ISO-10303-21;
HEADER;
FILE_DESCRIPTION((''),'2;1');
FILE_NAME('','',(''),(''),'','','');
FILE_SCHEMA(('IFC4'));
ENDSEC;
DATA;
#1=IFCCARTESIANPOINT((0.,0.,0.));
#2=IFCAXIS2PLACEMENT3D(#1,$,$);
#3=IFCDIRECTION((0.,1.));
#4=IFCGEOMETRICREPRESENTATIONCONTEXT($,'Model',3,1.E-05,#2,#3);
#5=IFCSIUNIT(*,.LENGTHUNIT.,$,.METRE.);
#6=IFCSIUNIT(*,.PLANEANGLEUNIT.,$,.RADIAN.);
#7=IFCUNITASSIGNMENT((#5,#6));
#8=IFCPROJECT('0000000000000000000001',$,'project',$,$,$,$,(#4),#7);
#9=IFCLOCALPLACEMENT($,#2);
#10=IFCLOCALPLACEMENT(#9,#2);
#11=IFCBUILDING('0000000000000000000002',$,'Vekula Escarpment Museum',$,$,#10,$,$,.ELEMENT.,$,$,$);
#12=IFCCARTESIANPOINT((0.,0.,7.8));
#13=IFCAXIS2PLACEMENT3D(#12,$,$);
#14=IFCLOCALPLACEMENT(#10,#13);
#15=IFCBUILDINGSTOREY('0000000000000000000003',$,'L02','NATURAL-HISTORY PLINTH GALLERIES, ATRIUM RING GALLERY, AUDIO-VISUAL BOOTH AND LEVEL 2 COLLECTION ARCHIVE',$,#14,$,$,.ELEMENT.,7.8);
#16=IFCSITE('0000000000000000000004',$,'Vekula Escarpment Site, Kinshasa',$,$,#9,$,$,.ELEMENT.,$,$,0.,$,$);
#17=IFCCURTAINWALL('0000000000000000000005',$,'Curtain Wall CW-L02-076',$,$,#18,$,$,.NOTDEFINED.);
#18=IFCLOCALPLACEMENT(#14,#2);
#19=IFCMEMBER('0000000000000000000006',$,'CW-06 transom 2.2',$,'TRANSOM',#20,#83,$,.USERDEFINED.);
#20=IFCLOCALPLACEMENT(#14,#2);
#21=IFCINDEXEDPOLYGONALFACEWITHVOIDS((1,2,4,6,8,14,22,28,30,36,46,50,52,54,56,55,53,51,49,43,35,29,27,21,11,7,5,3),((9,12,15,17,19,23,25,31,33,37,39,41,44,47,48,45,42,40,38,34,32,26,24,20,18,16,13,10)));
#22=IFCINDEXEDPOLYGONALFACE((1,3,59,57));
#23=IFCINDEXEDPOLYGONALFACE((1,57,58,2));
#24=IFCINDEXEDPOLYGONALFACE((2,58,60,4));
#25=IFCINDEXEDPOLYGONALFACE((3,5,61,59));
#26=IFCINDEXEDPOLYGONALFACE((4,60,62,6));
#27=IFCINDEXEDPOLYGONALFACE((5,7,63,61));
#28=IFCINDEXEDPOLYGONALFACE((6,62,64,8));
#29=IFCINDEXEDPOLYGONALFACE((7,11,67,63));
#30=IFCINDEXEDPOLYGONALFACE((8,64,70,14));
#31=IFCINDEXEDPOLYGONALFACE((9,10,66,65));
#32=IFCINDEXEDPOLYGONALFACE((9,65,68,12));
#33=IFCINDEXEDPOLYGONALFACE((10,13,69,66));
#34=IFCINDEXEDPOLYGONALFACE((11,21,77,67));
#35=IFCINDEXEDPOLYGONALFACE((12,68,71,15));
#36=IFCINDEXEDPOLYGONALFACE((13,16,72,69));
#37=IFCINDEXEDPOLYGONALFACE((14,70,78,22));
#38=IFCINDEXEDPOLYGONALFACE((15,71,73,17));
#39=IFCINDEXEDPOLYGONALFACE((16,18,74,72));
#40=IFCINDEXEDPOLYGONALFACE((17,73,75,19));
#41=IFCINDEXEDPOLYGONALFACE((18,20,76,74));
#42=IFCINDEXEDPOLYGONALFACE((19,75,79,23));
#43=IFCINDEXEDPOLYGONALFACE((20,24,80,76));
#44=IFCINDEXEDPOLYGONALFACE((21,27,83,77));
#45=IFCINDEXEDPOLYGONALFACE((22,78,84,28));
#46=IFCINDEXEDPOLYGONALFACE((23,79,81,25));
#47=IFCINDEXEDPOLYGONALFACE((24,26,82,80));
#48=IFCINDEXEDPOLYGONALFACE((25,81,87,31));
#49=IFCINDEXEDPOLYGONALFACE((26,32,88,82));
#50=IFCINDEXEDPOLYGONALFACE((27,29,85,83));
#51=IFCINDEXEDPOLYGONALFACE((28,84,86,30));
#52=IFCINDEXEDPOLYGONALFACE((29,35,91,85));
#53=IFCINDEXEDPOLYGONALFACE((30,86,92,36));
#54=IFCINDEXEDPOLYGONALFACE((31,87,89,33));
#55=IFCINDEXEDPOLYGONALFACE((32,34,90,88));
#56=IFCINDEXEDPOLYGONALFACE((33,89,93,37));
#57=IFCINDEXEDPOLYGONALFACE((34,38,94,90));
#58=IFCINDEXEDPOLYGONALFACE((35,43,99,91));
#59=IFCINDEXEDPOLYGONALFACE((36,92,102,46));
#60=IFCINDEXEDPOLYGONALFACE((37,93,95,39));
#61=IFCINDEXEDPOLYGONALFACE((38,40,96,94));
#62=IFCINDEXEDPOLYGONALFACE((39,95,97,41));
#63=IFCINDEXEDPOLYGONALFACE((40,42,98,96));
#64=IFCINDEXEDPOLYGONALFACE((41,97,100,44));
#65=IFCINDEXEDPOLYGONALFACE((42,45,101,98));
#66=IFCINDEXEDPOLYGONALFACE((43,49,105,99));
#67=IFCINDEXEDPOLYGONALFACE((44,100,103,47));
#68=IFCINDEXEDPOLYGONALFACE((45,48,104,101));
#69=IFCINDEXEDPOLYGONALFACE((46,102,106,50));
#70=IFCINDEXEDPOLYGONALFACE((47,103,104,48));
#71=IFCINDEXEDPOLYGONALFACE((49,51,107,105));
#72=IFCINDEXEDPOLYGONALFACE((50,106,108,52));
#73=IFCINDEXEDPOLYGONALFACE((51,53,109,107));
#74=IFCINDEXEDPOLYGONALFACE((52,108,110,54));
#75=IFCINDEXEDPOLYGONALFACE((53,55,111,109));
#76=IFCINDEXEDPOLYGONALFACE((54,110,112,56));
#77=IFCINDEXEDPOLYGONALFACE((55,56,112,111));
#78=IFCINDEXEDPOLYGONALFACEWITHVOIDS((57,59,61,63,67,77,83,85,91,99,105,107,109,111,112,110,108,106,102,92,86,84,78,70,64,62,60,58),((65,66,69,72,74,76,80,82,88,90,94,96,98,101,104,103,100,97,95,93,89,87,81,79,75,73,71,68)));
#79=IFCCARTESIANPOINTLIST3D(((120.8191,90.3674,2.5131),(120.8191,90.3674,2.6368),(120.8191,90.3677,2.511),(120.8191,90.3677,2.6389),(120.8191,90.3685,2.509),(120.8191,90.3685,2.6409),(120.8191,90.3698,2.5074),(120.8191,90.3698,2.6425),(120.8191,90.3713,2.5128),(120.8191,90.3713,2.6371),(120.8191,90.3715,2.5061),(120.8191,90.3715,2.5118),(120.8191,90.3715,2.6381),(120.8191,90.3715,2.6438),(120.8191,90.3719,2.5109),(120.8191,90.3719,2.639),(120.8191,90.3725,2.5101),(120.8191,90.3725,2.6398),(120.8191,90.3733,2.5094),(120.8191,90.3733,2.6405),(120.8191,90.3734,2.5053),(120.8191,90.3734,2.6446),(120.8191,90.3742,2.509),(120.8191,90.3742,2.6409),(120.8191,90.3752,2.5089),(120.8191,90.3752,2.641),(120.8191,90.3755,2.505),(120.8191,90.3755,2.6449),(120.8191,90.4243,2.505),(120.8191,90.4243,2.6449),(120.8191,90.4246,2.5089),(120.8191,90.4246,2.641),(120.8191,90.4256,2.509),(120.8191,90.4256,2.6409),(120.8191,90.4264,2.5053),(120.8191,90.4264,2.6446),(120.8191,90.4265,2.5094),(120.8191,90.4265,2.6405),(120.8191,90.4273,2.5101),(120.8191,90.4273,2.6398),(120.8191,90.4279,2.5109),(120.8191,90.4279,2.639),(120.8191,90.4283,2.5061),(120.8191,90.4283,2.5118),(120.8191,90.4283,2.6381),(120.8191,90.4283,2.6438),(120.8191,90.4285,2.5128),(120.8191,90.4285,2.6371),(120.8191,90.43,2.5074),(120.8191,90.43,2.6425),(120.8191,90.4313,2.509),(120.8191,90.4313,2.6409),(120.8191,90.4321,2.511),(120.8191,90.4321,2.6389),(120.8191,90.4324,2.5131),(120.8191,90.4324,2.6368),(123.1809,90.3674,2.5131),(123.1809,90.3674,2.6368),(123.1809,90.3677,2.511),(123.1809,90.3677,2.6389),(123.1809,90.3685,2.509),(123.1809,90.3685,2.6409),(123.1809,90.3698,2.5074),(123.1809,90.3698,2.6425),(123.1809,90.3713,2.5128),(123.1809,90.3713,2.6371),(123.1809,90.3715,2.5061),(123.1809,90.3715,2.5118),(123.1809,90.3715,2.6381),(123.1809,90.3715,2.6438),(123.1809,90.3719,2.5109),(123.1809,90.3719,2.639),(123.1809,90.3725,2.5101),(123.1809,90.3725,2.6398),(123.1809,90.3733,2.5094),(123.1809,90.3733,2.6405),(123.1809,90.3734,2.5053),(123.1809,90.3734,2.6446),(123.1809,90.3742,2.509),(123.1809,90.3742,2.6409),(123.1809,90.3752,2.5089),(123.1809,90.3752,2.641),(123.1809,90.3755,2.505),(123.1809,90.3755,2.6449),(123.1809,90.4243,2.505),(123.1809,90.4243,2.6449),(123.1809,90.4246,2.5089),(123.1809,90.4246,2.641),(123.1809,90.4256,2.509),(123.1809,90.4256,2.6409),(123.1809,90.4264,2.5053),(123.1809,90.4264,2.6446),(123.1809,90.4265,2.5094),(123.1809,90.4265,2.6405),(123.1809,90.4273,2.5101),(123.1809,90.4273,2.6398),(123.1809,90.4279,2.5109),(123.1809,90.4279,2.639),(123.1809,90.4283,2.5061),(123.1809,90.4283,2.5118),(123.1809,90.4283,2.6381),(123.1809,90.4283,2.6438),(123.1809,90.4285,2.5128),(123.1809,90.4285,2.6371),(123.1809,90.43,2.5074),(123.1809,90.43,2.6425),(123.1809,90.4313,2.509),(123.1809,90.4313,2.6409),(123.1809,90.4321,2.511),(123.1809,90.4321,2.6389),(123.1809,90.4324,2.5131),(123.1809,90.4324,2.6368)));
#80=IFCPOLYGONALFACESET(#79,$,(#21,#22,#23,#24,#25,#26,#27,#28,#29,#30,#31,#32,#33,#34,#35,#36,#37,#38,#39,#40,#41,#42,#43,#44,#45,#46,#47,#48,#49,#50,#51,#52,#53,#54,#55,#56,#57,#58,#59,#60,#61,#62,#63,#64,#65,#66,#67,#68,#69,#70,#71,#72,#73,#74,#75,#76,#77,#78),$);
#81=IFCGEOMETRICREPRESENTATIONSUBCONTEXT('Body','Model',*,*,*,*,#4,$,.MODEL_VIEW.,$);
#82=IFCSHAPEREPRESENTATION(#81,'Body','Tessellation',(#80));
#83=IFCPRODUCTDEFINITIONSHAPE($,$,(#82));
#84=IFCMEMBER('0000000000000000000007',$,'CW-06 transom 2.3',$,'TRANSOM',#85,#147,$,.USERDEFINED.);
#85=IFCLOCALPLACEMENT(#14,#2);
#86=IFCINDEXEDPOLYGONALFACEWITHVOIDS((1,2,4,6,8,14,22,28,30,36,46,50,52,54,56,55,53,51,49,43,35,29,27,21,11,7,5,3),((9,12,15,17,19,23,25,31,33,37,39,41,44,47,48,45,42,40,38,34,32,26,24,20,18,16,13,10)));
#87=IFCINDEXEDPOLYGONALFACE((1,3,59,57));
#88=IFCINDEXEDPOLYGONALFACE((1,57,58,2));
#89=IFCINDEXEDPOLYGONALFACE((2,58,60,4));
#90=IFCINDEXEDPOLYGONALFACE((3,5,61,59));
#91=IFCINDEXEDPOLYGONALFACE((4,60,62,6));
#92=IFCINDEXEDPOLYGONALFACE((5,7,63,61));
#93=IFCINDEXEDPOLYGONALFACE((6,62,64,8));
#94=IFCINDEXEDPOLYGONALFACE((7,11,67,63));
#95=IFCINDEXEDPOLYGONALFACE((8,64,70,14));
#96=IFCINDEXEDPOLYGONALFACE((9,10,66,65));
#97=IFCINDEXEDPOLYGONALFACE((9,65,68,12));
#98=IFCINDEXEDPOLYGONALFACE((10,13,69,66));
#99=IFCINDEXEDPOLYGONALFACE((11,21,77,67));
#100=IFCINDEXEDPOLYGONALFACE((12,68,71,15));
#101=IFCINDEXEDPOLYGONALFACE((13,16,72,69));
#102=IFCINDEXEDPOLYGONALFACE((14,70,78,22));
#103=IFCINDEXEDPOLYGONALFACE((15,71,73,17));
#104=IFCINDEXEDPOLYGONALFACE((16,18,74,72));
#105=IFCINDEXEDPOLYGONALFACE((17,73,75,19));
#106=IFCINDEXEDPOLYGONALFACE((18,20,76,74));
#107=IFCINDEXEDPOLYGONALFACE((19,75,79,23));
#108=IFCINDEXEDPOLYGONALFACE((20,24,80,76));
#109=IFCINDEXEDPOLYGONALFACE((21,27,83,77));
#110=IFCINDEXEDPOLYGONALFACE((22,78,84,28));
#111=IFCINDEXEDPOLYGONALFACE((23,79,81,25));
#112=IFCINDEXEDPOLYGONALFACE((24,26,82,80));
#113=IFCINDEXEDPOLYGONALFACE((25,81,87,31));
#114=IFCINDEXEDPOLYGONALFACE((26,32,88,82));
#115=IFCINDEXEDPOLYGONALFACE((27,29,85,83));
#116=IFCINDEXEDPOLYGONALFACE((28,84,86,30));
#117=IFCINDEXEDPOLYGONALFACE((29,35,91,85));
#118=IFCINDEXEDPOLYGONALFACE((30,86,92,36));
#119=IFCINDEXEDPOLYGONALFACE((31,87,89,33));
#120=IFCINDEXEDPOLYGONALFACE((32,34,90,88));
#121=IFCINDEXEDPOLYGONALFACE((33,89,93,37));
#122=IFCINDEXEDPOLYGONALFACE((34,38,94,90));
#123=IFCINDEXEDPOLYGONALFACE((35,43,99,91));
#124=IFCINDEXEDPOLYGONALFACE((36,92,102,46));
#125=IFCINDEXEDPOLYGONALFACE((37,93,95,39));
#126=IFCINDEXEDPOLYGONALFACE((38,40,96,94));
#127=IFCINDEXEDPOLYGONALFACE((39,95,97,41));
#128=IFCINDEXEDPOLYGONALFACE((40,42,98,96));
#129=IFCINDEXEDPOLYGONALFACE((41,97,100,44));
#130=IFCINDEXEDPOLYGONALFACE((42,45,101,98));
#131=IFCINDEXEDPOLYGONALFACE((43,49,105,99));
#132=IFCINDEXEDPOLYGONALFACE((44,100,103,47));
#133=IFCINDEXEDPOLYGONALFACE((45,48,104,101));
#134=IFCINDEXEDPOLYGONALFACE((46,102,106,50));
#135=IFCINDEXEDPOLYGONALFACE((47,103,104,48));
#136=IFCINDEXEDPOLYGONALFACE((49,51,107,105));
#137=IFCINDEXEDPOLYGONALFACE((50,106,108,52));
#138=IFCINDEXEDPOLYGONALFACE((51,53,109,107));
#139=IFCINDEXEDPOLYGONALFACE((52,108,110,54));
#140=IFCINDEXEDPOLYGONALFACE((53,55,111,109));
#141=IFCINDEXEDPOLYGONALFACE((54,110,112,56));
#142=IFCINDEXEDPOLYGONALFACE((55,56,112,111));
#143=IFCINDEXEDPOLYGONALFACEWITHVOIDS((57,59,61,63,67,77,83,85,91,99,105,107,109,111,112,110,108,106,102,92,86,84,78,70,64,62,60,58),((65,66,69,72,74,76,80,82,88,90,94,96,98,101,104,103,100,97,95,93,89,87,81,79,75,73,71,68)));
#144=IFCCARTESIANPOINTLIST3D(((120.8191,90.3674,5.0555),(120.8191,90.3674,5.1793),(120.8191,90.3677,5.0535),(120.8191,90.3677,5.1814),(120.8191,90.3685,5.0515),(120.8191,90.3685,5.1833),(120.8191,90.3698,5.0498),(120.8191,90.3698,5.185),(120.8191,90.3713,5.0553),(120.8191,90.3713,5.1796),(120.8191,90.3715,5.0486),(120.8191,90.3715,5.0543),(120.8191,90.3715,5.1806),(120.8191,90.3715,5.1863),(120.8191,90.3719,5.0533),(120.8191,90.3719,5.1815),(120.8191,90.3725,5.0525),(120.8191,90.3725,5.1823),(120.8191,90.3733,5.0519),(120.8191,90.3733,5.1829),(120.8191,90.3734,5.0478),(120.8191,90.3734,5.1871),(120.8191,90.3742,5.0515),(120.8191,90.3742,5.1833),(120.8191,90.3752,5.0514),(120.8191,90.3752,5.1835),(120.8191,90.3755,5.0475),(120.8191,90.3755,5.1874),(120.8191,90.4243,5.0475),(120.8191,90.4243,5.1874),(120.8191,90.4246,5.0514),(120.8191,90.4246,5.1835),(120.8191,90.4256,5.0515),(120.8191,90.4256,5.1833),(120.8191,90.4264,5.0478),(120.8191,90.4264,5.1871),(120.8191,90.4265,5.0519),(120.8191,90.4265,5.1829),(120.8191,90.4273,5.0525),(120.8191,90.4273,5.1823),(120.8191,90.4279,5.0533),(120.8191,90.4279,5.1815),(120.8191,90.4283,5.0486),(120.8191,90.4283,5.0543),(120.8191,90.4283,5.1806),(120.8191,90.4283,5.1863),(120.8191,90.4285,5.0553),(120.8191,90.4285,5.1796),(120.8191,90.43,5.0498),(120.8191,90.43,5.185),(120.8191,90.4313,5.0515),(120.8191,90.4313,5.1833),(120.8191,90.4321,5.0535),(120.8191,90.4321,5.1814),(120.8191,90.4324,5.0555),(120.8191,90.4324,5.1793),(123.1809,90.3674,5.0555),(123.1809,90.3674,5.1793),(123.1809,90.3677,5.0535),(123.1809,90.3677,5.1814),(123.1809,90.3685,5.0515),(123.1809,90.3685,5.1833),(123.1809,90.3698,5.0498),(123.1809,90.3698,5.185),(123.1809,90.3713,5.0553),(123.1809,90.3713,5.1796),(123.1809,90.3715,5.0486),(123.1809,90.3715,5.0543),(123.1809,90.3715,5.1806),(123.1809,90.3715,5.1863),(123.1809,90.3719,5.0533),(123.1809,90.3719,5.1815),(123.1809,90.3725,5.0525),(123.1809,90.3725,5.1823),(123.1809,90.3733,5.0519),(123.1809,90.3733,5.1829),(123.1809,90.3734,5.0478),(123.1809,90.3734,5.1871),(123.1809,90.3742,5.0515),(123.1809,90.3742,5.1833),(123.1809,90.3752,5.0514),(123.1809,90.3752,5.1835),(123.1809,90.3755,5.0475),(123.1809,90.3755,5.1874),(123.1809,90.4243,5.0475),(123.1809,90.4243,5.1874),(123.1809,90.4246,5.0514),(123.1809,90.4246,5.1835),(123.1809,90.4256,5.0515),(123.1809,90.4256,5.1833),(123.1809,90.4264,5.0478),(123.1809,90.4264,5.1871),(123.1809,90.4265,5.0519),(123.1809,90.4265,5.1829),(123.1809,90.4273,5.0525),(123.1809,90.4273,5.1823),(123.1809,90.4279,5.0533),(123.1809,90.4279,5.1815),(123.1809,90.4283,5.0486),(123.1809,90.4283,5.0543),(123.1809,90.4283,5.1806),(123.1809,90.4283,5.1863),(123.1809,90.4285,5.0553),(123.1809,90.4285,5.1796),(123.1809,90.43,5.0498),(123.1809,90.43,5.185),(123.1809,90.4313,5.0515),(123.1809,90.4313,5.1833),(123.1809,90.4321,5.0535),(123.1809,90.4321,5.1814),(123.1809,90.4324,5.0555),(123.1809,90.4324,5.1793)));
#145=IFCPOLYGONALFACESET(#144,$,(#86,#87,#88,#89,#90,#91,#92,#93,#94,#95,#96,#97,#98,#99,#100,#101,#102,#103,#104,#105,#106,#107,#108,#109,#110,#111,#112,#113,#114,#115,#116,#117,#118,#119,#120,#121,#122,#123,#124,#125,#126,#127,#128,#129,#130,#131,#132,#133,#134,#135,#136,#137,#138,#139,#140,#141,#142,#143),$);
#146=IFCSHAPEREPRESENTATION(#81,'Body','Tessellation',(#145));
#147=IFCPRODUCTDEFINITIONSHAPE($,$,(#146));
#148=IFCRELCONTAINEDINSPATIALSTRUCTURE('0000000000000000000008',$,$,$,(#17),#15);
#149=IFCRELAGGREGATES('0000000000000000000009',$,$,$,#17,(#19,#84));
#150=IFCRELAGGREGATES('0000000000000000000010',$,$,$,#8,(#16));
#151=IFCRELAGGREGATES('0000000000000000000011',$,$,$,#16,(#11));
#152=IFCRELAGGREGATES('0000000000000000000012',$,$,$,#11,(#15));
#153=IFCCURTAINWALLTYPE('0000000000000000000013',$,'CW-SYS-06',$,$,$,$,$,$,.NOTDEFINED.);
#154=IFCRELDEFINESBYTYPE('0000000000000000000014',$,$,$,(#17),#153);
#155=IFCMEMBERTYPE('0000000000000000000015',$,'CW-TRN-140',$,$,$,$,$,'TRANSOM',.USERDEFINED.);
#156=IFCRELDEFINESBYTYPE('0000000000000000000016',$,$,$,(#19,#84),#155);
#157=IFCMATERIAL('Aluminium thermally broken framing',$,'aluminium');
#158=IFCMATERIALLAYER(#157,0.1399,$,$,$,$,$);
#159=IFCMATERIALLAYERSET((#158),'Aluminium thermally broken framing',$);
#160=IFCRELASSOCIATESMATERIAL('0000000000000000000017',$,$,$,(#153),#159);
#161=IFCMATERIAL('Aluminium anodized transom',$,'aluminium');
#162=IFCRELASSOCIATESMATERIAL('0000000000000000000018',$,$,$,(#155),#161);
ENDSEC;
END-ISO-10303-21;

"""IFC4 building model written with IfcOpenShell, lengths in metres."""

from ifc_helpers import new_model, si_unit, direction, frame, origin, origin_2d, place, context, subcontext, project, spatial, hollow_rectangle, extrude, material, layer, layer_set, material_profile, profile_set, type_object, element, aggregate, save


model = new_model("IFC4")

# Units and contexts
model_context = context("Model", 3, precision=1e-05, world=origin(), true_north=direction((0.0, 1.0)))
body_context = subcontext(model_context, "Body", "Model", "MODEL_VIEW")
ifc_project = project(units=[si_unit("LENGTHUNIT", "METRE"), si_unit("PLANEANGLEUNIT", "RADIAN")], contexts=[model_context])

# Site, building, storey
site_placement = place(None, origin())
site = spatial("IfcSite", under=ifc_project, at=site_placement, Name="Vekula Escarpment Site, Kinshasa", CompositionType="ELEMENT", RefElevation=0.0)
building_placement = place(site_placement, origin())
building = spatial("IfcBuilding", under=site, at=building_placement, Name="Vekula Escarpment Museum", CompositionType="ELEMENT")
storey_placement = place(building_placement, frame((0.0, 0.0, 7.8)))
storey = spatial("IfcBuildingStorey", under=building, at=storey_placement, Name="L02", Description="NATURAL-HISTORY PLINTH GALLERIES, ATRIUM RING GALLERY, AUDIO-VISUAL BOOTH AND LEVEL 2 COLLECTION ARCHIVE", CompositionType="ELEMENT", Elevation=7.8)

# Curtain wall, members
ifc_material_1 = material(Name="Aluminium thermally broken framing", Category="aluminium")
ifc_layer_1 = layer(ifc_material_1, 0.1399)
ifc_layer_set_1 = layer_set([ifc_layer_1], Name="Aluminium thermally broken framing")
curtain_wall_type = type_object("IfcCurtainWallType", Name="CW-SYS-06", PredefinedType="NOTDEFINED", material=ifc_layer_set_1)
curtain_wall_placement = place(storey_placement, origin())
curtain_wall = element("IfcCurtainWall", 1, at=curtain_wall_placement, inside=storey, type_object=curtain_wall_type, Name="Curtain Wall CW-L02-076", PredefinedType="NOTDEFINED")
ifc_material_2 = material(Name="Aluminium anodized transom", Category="aluminium")
ifc_material_profile_1 = material_profile(ifc_material_2, hollow_rectangle(XDim=0.0649, YDim=0.1399, WallThickness=0.0039, InnerFilletRadius=0.0039, OuterFilletRadius=0.0081, at=origin_2d()), Name="ALU 140x65x4")
ifc_profile_set_1 = profile_set([ifc_material_profile_1], Name="Aluminium anodized transom")
member_type_1 = type_object("IfcMemberType", Name="CW-TRN-140", ElementType="TRANSOM", PredefinedType="USERDEFINED", material=ifc_profile_set_1)
member_1_placement = place(storey_placement, frame((123.1809, 90.3999, 2.575), z_axis=(-1.0, 0.0, 0.0), x_axis=(0.0, -1.0, 0.0)))
member_1 = element("IfcMember", 2, at=member_1_placement, type_object=member_type_1, Name="CW-06 transom 2.2", ObjectType="TRANSOM", PredefinedType="USERDEFINED", context=body_context, shape_type="SweptSolid", body=[
    extrude(hollow_rectangle(XDim=0.0649, YDim=0.1399, WallThickness=0.0039, InnerFilletRadius=0.0039, OuterFilletRadius=0.0081, at=origin_2d()), origin(), (0.0, 0.0, 1.0), 2.3618),
])
member_2_placement = place(storey_placement, frame((123.1809, 90.3999, 5.1174), z_axis=(-1.0, 0.0, 0.0), x_axis=(0.0, -1.0, 0.0)))
member_2 = element("IfcMember", 3, at=member_2_placement, type_object=member_type_1, Name="CW-06 transom 2.3", ObjectType="TRANSOM", PredefinedType="USERDEFINED", context=body_context, shape_type="SweptSolid", body=[
    extrude(hollow_rectangle(XDim=0.0649, YDim=0.1399, WallThickness=0.0039, InnerFilletRadius=0.0039, OuterFilletRadius=0.0081, at=origin_2d()), origin(), (0.0, 0.0, 1.0), 2.3618),
])

aggregate(curtain_wall, [member_1, member_2])

save(model, "model.ifc")
